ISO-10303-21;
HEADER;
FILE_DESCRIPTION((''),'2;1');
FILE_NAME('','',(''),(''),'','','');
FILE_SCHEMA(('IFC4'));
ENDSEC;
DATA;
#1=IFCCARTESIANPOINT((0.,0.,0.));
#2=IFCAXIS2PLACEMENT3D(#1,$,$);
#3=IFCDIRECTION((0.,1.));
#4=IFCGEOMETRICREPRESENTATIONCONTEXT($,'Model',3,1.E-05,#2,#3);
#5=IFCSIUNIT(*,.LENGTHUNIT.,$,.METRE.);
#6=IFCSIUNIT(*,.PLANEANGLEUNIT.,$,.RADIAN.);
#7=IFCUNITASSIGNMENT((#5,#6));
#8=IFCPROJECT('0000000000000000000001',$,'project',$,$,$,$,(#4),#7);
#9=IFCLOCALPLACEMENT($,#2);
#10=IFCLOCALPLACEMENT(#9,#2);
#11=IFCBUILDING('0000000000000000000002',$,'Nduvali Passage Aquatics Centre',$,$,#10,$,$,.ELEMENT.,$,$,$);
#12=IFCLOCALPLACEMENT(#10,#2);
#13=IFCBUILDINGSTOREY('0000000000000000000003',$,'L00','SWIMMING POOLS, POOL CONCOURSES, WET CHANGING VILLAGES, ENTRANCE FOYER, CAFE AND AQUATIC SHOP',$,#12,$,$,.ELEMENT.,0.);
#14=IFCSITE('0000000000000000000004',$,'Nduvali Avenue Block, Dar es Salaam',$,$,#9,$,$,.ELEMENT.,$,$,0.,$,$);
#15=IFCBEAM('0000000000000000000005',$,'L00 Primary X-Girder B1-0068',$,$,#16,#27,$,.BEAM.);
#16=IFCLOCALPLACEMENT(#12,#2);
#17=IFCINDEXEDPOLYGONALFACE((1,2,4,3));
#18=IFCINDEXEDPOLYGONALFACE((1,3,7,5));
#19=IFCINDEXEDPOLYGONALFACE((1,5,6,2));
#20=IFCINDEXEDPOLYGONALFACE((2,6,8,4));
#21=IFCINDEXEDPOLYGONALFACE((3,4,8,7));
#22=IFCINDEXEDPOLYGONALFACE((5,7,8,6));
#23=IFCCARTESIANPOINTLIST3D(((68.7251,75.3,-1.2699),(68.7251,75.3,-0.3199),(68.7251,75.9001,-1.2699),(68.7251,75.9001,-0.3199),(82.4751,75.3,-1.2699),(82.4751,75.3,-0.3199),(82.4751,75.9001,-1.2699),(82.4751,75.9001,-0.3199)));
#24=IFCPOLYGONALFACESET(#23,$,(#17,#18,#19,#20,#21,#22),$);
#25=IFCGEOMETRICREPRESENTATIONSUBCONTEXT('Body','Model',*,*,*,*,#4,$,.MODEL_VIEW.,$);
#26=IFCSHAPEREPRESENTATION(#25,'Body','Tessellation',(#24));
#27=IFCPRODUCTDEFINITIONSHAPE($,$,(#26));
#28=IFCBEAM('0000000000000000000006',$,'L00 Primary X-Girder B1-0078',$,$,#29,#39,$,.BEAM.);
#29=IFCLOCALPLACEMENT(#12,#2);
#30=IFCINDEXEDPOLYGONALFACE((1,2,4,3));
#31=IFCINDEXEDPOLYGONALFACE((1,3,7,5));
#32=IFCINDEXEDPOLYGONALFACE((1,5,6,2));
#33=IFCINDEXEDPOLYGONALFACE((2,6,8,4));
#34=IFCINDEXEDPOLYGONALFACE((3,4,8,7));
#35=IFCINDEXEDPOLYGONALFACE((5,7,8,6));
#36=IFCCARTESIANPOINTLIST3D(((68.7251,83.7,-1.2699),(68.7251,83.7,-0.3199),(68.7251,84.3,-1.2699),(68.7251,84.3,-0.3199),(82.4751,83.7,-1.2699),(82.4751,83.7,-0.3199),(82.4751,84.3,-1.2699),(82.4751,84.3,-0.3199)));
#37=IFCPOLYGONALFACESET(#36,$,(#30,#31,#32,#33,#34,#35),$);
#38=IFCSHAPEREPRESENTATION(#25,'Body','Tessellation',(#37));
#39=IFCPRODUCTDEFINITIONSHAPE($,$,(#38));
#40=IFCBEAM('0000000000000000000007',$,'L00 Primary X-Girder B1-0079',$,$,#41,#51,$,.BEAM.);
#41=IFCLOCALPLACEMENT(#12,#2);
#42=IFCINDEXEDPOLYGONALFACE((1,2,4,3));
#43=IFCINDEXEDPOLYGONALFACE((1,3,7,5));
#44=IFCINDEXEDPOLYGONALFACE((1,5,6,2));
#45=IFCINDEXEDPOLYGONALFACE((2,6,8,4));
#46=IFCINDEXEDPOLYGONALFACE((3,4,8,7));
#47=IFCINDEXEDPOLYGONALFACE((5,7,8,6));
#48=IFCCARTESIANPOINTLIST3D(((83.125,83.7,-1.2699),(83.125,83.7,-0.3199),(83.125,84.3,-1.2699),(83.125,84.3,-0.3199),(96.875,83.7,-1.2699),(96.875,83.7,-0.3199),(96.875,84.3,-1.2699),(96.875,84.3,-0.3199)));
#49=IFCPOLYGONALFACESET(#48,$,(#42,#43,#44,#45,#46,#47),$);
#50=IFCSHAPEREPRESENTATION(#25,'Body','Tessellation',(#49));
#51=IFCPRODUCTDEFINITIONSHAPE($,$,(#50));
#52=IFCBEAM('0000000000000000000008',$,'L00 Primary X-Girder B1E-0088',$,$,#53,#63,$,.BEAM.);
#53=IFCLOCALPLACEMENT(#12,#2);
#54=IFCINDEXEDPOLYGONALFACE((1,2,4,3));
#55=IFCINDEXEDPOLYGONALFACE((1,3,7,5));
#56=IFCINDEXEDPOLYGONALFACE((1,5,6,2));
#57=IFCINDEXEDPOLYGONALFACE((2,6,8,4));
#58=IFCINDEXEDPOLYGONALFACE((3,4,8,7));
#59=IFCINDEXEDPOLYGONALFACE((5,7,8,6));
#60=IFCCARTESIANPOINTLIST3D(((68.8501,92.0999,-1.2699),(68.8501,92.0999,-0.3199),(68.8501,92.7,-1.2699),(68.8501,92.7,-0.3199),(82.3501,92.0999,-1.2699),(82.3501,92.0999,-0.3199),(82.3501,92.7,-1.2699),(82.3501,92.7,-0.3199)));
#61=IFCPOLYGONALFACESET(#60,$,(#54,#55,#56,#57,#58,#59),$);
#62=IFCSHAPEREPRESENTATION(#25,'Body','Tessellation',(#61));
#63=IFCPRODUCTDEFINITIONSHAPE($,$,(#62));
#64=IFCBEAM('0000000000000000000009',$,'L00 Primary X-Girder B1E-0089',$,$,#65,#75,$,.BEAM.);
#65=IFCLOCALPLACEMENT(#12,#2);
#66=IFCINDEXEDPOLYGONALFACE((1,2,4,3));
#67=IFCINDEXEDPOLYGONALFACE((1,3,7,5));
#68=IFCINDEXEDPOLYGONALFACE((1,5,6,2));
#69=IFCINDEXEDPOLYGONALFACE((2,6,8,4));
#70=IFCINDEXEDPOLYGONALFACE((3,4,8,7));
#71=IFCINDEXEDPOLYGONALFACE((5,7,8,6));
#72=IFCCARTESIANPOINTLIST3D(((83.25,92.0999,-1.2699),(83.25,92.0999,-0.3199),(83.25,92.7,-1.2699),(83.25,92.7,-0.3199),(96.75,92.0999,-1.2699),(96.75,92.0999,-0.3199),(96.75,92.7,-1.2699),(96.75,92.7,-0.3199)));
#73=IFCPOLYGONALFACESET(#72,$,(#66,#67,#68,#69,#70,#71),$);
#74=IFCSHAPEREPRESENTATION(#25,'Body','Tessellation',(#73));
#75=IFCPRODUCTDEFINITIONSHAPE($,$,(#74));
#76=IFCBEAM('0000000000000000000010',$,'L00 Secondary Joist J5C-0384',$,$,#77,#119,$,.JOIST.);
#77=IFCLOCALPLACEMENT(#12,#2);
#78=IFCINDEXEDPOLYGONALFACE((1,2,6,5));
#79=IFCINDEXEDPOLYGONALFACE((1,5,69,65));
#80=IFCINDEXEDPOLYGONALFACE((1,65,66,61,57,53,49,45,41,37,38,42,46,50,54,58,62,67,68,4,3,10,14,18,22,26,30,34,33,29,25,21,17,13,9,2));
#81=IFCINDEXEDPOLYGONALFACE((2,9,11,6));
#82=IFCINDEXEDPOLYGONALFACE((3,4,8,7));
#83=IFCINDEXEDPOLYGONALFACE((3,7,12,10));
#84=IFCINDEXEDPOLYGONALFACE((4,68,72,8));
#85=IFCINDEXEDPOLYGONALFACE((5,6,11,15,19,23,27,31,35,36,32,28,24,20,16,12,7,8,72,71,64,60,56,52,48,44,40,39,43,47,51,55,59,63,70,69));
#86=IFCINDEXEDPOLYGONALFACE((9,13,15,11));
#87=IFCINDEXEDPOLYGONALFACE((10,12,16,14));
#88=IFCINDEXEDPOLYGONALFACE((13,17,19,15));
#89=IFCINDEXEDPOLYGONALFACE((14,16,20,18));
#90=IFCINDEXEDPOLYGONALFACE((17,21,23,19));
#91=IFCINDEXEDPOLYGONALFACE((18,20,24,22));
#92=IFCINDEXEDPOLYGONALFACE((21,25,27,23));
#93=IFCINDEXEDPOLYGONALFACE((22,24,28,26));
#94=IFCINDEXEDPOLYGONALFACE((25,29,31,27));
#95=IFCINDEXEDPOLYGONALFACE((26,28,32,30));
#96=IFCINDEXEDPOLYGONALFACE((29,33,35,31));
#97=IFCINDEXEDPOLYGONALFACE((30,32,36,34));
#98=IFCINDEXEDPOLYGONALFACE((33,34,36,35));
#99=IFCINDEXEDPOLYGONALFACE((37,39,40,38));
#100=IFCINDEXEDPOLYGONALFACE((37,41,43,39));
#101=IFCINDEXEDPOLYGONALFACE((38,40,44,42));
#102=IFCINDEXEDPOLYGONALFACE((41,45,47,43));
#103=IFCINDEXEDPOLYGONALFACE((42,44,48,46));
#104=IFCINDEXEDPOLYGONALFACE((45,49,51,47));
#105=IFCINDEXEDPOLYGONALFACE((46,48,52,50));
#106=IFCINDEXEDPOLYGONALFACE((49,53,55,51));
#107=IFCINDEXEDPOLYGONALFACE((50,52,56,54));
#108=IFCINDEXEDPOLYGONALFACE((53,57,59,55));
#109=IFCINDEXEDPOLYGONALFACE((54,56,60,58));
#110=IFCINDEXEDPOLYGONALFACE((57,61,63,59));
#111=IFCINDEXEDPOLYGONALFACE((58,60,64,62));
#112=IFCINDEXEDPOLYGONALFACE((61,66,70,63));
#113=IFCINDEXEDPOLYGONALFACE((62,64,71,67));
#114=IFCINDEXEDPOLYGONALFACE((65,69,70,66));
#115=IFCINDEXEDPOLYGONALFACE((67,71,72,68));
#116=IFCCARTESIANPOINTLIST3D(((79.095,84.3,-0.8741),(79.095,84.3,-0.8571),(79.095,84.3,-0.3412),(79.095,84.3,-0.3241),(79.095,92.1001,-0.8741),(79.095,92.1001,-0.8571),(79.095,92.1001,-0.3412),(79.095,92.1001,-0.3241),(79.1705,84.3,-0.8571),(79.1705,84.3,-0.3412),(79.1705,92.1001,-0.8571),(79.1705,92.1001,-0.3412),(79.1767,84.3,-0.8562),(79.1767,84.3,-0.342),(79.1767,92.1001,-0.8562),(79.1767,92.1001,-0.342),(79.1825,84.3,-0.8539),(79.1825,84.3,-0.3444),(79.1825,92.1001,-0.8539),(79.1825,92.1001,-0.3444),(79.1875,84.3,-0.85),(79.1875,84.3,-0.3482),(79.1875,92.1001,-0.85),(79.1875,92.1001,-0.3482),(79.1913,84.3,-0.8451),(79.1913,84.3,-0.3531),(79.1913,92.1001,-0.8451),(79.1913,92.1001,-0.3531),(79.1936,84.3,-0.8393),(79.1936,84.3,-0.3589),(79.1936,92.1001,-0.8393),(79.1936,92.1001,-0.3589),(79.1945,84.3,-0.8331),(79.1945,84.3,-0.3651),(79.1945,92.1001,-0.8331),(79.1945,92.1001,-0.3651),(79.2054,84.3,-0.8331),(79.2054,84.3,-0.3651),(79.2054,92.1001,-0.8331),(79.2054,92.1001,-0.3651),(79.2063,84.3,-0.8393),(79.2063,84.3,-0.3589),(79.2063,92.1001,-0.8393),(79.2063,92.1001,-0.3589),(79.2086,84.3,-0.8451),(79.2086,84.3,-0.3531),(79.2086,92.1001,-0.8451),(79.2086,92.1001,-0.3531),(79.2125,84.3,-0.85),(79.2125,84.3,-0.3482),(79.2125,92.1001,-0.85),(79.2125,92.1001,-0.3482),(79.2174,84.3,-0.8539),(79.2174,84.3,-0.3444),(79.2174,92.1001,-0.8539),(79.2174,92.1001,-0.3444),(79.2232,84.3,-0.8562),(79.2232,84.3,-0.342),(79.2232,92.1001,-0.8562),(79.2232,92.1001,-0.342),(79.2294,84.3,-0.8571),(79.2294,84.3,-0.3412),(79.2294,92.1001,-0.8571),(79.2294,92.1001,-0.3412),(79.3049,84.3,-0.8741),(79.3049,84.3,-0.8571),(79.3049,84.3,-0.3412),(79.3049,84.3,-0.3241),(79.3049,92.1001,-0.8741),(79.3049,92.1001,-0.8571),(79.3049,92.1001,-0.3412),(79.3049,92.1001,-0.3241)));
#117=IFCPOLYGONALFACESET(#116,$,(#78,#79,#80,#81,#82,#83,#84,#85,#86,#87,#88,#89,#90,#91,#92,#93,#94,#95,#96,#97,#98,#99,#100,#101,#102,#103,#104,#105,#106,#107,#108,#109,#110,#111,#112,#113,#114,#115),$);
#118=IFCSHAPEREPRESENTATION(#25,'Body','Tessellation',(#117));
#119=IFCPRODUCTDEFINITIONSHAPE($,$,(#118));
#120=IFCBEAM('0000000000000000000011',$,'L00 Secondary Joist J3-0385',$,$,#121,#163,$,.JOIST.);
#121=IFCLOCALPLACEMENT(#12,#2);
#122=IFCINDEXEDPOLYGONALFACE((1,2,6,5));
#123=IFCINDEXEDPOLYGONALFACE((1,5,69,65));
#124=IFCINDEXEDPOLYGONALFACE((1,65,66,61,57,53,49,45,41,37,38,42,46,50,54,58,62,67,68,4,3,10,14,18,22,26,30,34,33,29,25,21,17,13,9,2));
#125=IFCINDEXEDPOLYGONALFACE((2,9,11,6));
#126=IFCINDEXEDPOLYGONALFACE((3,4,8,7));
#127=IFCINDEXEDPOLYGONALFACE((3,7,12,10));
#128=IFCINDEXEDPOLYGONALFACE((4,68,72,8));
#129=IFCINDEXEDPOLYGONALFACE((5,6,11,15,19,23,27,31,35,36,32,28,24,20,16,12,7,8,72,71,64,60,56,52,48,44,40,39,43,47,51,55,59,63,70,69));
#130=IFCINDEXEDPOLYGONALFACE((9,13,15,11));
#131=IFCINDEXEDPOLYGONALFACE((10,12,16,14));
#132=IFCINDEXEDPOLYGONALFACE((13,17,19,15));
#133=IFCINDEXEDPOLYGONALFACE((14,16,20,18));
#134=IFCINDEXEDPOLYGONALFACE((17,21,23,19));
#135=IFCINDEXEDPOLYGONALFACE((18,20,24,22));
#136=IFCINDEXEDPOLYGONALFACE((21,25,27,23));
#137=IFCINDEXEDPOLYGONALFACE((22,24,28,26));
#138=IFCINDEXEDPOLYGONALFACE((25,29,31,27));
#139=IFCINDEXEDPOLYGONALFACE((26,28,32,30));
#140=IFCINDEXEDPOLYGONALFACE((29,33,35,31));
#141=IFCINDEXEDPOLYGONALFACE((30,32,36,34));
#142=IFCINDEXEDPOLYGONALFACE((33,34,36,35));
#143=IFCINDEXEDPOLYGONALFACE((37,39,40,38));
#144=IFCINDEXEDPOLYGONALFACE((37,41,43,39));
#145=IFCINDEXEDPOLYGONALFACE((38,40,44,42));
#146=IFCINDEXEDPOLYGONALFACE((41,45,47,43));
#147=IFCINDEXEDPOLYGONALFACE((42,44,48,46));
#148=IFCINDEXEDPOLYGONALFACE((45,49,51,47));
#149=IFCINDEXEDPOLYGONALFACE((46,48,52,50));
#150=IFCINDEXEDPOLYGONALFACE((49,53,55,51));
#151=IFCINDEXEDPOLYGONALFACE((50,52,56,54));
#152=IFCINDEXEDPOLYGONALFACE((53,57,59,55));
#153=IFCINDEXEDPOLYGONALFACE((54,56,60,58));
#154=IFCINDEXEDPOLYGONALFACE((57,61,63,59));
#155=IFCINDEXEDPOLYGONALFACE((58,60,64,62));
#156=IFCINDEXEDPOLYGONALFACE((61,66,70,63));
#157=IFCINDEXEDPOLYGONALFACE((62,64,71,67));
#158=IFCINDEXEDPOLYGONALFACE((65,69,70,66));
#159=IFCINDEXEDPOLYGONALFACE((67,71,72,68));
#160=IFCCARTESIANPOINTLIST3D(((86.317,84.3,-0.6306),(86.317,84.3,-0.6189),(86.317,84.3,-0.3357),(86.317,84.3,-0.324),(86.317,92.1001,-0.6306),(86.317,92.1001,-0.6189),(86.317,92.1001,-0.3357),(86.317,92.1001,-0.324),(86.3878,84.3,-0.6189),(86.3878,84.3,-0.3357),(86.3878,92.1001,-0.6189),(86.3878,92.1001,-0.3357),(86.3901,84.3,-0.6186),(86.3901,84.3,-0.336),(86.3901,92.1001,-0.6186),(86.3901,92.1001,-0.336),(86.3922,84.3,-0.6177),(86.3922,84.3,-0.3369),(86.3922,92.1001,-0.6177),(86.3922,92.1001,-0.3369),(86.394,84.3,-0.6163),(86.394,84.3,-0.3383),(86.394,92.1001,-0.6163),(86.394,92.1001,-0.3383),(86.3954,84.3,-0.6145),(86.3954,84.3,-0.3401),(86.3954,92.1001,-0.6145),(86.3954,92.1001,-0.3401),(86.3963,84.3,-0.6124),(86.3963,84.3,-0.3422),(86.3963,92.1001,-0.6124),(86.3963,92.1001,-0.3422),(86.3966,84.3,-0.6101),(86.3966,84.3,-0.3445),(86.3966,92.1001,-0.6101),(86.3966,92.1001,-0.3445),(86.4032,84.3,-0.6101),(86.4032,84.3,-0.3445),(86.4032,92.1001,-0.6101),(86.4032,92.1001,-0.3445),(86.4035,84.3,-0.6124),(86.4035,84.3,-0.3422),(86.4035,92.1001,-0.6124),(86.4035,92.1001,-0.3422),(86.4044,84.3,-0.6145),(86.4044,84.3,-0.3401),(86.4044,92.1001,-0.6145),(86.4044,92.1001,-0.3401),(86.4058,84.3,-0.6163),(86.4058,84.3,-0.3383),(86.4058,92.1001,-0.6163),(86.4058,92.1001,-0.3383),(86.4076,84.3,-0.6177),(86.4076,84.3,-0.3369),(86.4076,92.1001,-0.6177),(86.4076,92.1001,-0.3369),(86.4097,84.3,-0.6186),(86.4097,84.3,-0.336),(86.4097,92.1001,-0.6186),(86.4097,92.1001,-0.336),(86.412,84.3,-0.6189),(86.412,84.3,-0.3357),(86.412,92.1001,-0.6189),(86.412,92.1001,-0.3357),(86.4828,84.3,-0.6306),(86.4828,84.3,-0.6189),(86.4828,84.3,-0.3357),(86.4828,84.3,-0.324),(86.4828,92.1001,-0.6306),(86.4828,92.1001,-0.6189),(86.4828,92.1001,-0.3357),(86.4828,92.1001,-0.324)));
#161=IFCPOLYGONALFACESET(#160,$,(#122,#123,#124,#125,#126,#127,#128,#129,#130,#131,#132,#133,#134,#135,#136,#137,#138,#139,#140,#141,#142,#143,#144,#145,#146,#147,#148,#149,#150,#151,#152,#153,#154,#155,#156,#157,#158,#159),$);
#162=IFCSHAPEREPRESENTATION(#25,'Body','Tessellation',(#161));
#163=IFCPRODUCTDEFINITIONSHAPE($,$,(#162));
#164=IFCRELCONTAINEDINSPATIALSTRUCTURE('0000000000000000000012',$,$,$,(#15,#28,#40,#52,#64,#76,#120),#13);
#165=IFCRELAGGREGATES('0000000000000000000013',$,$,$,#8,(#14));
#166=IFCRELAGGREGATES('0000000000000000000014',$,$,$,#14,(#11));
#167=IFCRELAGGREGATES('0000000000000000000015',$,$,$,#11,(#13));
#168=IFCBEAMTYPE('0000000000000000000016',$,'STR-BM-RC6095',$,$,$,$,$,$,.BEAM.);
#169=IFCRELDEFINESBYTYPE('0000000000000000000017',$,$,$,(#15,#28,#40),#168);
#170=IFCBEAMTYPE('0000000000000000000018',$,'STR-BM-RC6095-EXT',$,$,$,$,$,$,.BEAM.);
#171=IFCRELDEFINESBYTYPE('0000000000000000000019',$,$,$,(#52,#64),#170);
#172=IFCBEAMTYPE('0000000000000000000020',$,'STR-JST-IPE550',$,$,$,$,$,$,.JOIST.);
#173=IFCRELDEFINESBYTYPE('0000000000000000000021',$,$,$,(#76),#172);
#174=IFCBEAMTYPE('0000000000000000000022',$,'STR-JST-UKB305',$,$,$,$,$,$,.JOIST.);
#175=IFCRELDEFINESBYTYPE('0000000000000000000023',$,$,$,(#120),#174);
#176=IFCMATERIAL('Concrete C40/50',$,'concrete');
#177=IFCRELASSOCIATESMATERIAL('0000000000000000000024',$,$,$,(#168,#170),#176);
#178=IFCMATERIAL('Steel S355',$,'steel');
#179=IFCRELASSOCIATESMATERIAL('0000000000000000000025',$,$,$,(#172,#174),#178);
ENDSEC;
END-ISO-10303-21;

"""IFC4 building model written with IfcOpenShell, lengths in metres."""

from ifc_helpers import new_model, si_unit, direction, frame, origin, origin_2d, place, context, subcontext, project, spatial, rectangle, i_section, extrude, material, material_profile, profile_set, type_object, element, save


model = new_model("IFC4")

# Units and contexts
model_context = context("Model", 3, precision=1e-05, world=origin(), true_north=direction((0.0, 1.0)))
body_context = subcontext(model_context, "Body", "Model", "MODEL_VIEW")
ifc_project = project(units=[si_unit("LENGTHUNIT", "METRE"), si_unit("PLANEANGLEUNIT", "RADIAN")], contexts=[model_context])

# Site, building, storey
site_placement = place(None, origin())
site = spatial("IfcSite", under=ifc_project, at=site_placement, Name="Nduvali Avenue Block, Dar es Salaam", CompositionType="ELEMENT", RefElevation=0.0)
building_placement = place(site_placement, origin())
building = spatial("IfcBuilding", under=site, at=building_placement, Name="Nduvali Passage Aquatics Centre", CompositionType="ELEMENT")
storey_placement = place(building_placement, origin())
storey = spatial("IfcBuildingStorey", under=building, at=storey_placement, Name="L00", Description="SWIMMING POOLS, POOL CONCOURSES, WET CHANGING VILLAGES, ENTRANCE FOYER, CAFE AND AQUATIC SHOP", CompositionType="ELEMENT", Elevation=0.0)

# Shared definitions
ifc_material_1 = material(Name="Concrete C40/50", Category="concrete")

# Beams
ifc_material_profile_1 = material_profile(ifc_material_1, rectangle(XDim=0.6001, YDim=0.95, at=origin_2d()), Name="RC 600x950")
ifc_profile_set_1 = profile_set([ifc_material_profile_1], Name="Concrete C40/50")
beam_type_1 = type_object("IfcBeamType", Name="STR-BM-RC6095", PredefinedType="BEAM", material=ifc_profile_set_1)
for number, where, z_axis, x_axis, name in (
    (1, (68.7251, 75.6001, -0.7949), (1.0, 0.0, 0.0), (0.0, 1.0, 0.0), "L00 Primary X-Girder B1-0068"),
    (2, (68.7251, 84.0, -0.7949), (1.0, 0.0, 0.0), (0.0, 1.0, 0.0), "L00 Primary X-Girder B1-0078"),
    (3, (83.125, 84.0, -0.7949), (1.0, 0.0, 0.0), (0.0, 1.0, 0.0), "L00 Primary X-Girder B1-0079"),
):
    element("IfcBeam", number, at=place(storey_placement, frame(where, z_axis=z_axis, x_axis=x_axis)), inside=storey, type_object=beam_type_1, Name=name, PredefinedType="BEAM", context=body_context, shape_type="SweptSolid", body=[
        extrude(rectangle(XDim=0.6001, YDim=0.95, at=origin_2d()), origin(), (0.0, 0.0, 1.0), 13.75),
    ])
ifc_material_profile_2 = material_profile(ifc_material_1, rectangle(XDim=0.6001, YDim=0.95, at=origin_2d()), Name="RC 600x950")
ifc_profile_set_2 = profile_set([ifc_material_profile_2], Name="Concrete C40/50")
beam_type_2 = type_object("IfcBeamType", Name="STR-BM-RC6095-EXT", PredefinedType="BEAM", material=ifc_profile_set_2)
for number, where, z_axis, x_axis, name in (
    (4, (68.8501, 92.3999, -0.7949), (1.0, 0.0, 0.0), (0.0, 1.0, 0.0), "L00 Primary X-Girder B1E-0088"),
    (5, (83.25, 92.3999, -0.7949), (1.0, 0.0, 0.0), (0.0, 1.0, 0.0), "L00 Primary X-Girder B1E-0089"),
):
    element("IfcBeam", number, at=place(storey_placement, frame(where, z_axis=z_axis, x_axis=x_axis)), inside=storey, type_object=beam_type_2, Name=name, PredefinedType="BEAM", context=body_context, shape_type="SweptSolid", body=[
        extrude(rectangle(XDim=0.6001, YDim=0.95, at=origin_2d()), origin(), (0.0, 0.0, 1.0), 13.5),
    ])
ifc_material_2 = material(Name="Steel S355", Category="steel")
ifc_material_profile_3 = material_profile(ifc_material_2, i_section(OverallWidth=0.21, OverallDepth=0.55, WebThickness=0.011, FlangeThickness=0.0171, FilletRadius=0.0239, at=origin_2d()), Name="IPE 550")
ifc_profile_set_3 = profile_set([ifc_material_profile_3], Name="Steel S355")
beam_type_3 = type_object("IfcBeamType", Name="STR-JST-IPE550", PredefinedType="JOIST", material=ifc_profile_set_3)
beam_1_placement = place(storey_placement, frame((79.2, 84.3, -0.5991), z_axis=(0.0, 1.0, 0.0), x_axis=(-1.0, 0.0, 0.0)))
element("IfcBeam", 6, at=beam_1_placement, inside=storey, type_object=beam_type_3, Name="L00 Secondary Joist J5C-0384", PredefinedType="JOIST", context=body_context, shape_type="SweptSolid", body=[
    extrude(i_section(OverallWidth=0.21, OverallDepth=0.55, WebThickness=0.011, FlangeThickness=0.0171, FilletRadius=0.0239, at=origin_2d()), origin(), (0.0, 0.0, 1.0), 7.8),
])
ifc_material_profile_4 = material_profile(ifc_material_2, i_section(OverallWidth=0.1658, OverallDepth=0.3066, WebThickness=0.0066, FlangeThickness=0.0117, FilletRadius=0.0088, at=origin_2d()), Name="UKB 305x165x46")
ifc_profile_set_4 = profile_set([ifc_material_profile_4], Name="Steel S355")
beam_type_4 = type_object("IfcBeamType", Name="STR-JST-UKB305", PredefinedType="JOIST", material=ifc_profile_set_4)
for number, where, z_axis, x_axis, name in (
    (7, (86.3999, 84.3, -0.4773), (0.0, 1.0, 0.0), (-1.0, 0.0, 0.0), "L00 Secondary Joist J3-0385"),
):
    element("IfcBeam", number, at=place(storey_placement, frame(where, z_axis=z_axis, x_axis=x_axis)), inside=storey, type_object=beam_type_4, Name=name, PredefinedType="JOIST", context=body_context, shape_type="SweptSolid", body=[
        extrude(i_section(OverallWidth=0.1658, OverallDepth=0.3066, WebThickness=0.0066, FlangeThickness=0.0117, FilletRadius=0.0088, at=origin_2d()), origin(), (0.0, 0.0, 1.0), 7.8),
    ])

save(model, "model.ifc")
